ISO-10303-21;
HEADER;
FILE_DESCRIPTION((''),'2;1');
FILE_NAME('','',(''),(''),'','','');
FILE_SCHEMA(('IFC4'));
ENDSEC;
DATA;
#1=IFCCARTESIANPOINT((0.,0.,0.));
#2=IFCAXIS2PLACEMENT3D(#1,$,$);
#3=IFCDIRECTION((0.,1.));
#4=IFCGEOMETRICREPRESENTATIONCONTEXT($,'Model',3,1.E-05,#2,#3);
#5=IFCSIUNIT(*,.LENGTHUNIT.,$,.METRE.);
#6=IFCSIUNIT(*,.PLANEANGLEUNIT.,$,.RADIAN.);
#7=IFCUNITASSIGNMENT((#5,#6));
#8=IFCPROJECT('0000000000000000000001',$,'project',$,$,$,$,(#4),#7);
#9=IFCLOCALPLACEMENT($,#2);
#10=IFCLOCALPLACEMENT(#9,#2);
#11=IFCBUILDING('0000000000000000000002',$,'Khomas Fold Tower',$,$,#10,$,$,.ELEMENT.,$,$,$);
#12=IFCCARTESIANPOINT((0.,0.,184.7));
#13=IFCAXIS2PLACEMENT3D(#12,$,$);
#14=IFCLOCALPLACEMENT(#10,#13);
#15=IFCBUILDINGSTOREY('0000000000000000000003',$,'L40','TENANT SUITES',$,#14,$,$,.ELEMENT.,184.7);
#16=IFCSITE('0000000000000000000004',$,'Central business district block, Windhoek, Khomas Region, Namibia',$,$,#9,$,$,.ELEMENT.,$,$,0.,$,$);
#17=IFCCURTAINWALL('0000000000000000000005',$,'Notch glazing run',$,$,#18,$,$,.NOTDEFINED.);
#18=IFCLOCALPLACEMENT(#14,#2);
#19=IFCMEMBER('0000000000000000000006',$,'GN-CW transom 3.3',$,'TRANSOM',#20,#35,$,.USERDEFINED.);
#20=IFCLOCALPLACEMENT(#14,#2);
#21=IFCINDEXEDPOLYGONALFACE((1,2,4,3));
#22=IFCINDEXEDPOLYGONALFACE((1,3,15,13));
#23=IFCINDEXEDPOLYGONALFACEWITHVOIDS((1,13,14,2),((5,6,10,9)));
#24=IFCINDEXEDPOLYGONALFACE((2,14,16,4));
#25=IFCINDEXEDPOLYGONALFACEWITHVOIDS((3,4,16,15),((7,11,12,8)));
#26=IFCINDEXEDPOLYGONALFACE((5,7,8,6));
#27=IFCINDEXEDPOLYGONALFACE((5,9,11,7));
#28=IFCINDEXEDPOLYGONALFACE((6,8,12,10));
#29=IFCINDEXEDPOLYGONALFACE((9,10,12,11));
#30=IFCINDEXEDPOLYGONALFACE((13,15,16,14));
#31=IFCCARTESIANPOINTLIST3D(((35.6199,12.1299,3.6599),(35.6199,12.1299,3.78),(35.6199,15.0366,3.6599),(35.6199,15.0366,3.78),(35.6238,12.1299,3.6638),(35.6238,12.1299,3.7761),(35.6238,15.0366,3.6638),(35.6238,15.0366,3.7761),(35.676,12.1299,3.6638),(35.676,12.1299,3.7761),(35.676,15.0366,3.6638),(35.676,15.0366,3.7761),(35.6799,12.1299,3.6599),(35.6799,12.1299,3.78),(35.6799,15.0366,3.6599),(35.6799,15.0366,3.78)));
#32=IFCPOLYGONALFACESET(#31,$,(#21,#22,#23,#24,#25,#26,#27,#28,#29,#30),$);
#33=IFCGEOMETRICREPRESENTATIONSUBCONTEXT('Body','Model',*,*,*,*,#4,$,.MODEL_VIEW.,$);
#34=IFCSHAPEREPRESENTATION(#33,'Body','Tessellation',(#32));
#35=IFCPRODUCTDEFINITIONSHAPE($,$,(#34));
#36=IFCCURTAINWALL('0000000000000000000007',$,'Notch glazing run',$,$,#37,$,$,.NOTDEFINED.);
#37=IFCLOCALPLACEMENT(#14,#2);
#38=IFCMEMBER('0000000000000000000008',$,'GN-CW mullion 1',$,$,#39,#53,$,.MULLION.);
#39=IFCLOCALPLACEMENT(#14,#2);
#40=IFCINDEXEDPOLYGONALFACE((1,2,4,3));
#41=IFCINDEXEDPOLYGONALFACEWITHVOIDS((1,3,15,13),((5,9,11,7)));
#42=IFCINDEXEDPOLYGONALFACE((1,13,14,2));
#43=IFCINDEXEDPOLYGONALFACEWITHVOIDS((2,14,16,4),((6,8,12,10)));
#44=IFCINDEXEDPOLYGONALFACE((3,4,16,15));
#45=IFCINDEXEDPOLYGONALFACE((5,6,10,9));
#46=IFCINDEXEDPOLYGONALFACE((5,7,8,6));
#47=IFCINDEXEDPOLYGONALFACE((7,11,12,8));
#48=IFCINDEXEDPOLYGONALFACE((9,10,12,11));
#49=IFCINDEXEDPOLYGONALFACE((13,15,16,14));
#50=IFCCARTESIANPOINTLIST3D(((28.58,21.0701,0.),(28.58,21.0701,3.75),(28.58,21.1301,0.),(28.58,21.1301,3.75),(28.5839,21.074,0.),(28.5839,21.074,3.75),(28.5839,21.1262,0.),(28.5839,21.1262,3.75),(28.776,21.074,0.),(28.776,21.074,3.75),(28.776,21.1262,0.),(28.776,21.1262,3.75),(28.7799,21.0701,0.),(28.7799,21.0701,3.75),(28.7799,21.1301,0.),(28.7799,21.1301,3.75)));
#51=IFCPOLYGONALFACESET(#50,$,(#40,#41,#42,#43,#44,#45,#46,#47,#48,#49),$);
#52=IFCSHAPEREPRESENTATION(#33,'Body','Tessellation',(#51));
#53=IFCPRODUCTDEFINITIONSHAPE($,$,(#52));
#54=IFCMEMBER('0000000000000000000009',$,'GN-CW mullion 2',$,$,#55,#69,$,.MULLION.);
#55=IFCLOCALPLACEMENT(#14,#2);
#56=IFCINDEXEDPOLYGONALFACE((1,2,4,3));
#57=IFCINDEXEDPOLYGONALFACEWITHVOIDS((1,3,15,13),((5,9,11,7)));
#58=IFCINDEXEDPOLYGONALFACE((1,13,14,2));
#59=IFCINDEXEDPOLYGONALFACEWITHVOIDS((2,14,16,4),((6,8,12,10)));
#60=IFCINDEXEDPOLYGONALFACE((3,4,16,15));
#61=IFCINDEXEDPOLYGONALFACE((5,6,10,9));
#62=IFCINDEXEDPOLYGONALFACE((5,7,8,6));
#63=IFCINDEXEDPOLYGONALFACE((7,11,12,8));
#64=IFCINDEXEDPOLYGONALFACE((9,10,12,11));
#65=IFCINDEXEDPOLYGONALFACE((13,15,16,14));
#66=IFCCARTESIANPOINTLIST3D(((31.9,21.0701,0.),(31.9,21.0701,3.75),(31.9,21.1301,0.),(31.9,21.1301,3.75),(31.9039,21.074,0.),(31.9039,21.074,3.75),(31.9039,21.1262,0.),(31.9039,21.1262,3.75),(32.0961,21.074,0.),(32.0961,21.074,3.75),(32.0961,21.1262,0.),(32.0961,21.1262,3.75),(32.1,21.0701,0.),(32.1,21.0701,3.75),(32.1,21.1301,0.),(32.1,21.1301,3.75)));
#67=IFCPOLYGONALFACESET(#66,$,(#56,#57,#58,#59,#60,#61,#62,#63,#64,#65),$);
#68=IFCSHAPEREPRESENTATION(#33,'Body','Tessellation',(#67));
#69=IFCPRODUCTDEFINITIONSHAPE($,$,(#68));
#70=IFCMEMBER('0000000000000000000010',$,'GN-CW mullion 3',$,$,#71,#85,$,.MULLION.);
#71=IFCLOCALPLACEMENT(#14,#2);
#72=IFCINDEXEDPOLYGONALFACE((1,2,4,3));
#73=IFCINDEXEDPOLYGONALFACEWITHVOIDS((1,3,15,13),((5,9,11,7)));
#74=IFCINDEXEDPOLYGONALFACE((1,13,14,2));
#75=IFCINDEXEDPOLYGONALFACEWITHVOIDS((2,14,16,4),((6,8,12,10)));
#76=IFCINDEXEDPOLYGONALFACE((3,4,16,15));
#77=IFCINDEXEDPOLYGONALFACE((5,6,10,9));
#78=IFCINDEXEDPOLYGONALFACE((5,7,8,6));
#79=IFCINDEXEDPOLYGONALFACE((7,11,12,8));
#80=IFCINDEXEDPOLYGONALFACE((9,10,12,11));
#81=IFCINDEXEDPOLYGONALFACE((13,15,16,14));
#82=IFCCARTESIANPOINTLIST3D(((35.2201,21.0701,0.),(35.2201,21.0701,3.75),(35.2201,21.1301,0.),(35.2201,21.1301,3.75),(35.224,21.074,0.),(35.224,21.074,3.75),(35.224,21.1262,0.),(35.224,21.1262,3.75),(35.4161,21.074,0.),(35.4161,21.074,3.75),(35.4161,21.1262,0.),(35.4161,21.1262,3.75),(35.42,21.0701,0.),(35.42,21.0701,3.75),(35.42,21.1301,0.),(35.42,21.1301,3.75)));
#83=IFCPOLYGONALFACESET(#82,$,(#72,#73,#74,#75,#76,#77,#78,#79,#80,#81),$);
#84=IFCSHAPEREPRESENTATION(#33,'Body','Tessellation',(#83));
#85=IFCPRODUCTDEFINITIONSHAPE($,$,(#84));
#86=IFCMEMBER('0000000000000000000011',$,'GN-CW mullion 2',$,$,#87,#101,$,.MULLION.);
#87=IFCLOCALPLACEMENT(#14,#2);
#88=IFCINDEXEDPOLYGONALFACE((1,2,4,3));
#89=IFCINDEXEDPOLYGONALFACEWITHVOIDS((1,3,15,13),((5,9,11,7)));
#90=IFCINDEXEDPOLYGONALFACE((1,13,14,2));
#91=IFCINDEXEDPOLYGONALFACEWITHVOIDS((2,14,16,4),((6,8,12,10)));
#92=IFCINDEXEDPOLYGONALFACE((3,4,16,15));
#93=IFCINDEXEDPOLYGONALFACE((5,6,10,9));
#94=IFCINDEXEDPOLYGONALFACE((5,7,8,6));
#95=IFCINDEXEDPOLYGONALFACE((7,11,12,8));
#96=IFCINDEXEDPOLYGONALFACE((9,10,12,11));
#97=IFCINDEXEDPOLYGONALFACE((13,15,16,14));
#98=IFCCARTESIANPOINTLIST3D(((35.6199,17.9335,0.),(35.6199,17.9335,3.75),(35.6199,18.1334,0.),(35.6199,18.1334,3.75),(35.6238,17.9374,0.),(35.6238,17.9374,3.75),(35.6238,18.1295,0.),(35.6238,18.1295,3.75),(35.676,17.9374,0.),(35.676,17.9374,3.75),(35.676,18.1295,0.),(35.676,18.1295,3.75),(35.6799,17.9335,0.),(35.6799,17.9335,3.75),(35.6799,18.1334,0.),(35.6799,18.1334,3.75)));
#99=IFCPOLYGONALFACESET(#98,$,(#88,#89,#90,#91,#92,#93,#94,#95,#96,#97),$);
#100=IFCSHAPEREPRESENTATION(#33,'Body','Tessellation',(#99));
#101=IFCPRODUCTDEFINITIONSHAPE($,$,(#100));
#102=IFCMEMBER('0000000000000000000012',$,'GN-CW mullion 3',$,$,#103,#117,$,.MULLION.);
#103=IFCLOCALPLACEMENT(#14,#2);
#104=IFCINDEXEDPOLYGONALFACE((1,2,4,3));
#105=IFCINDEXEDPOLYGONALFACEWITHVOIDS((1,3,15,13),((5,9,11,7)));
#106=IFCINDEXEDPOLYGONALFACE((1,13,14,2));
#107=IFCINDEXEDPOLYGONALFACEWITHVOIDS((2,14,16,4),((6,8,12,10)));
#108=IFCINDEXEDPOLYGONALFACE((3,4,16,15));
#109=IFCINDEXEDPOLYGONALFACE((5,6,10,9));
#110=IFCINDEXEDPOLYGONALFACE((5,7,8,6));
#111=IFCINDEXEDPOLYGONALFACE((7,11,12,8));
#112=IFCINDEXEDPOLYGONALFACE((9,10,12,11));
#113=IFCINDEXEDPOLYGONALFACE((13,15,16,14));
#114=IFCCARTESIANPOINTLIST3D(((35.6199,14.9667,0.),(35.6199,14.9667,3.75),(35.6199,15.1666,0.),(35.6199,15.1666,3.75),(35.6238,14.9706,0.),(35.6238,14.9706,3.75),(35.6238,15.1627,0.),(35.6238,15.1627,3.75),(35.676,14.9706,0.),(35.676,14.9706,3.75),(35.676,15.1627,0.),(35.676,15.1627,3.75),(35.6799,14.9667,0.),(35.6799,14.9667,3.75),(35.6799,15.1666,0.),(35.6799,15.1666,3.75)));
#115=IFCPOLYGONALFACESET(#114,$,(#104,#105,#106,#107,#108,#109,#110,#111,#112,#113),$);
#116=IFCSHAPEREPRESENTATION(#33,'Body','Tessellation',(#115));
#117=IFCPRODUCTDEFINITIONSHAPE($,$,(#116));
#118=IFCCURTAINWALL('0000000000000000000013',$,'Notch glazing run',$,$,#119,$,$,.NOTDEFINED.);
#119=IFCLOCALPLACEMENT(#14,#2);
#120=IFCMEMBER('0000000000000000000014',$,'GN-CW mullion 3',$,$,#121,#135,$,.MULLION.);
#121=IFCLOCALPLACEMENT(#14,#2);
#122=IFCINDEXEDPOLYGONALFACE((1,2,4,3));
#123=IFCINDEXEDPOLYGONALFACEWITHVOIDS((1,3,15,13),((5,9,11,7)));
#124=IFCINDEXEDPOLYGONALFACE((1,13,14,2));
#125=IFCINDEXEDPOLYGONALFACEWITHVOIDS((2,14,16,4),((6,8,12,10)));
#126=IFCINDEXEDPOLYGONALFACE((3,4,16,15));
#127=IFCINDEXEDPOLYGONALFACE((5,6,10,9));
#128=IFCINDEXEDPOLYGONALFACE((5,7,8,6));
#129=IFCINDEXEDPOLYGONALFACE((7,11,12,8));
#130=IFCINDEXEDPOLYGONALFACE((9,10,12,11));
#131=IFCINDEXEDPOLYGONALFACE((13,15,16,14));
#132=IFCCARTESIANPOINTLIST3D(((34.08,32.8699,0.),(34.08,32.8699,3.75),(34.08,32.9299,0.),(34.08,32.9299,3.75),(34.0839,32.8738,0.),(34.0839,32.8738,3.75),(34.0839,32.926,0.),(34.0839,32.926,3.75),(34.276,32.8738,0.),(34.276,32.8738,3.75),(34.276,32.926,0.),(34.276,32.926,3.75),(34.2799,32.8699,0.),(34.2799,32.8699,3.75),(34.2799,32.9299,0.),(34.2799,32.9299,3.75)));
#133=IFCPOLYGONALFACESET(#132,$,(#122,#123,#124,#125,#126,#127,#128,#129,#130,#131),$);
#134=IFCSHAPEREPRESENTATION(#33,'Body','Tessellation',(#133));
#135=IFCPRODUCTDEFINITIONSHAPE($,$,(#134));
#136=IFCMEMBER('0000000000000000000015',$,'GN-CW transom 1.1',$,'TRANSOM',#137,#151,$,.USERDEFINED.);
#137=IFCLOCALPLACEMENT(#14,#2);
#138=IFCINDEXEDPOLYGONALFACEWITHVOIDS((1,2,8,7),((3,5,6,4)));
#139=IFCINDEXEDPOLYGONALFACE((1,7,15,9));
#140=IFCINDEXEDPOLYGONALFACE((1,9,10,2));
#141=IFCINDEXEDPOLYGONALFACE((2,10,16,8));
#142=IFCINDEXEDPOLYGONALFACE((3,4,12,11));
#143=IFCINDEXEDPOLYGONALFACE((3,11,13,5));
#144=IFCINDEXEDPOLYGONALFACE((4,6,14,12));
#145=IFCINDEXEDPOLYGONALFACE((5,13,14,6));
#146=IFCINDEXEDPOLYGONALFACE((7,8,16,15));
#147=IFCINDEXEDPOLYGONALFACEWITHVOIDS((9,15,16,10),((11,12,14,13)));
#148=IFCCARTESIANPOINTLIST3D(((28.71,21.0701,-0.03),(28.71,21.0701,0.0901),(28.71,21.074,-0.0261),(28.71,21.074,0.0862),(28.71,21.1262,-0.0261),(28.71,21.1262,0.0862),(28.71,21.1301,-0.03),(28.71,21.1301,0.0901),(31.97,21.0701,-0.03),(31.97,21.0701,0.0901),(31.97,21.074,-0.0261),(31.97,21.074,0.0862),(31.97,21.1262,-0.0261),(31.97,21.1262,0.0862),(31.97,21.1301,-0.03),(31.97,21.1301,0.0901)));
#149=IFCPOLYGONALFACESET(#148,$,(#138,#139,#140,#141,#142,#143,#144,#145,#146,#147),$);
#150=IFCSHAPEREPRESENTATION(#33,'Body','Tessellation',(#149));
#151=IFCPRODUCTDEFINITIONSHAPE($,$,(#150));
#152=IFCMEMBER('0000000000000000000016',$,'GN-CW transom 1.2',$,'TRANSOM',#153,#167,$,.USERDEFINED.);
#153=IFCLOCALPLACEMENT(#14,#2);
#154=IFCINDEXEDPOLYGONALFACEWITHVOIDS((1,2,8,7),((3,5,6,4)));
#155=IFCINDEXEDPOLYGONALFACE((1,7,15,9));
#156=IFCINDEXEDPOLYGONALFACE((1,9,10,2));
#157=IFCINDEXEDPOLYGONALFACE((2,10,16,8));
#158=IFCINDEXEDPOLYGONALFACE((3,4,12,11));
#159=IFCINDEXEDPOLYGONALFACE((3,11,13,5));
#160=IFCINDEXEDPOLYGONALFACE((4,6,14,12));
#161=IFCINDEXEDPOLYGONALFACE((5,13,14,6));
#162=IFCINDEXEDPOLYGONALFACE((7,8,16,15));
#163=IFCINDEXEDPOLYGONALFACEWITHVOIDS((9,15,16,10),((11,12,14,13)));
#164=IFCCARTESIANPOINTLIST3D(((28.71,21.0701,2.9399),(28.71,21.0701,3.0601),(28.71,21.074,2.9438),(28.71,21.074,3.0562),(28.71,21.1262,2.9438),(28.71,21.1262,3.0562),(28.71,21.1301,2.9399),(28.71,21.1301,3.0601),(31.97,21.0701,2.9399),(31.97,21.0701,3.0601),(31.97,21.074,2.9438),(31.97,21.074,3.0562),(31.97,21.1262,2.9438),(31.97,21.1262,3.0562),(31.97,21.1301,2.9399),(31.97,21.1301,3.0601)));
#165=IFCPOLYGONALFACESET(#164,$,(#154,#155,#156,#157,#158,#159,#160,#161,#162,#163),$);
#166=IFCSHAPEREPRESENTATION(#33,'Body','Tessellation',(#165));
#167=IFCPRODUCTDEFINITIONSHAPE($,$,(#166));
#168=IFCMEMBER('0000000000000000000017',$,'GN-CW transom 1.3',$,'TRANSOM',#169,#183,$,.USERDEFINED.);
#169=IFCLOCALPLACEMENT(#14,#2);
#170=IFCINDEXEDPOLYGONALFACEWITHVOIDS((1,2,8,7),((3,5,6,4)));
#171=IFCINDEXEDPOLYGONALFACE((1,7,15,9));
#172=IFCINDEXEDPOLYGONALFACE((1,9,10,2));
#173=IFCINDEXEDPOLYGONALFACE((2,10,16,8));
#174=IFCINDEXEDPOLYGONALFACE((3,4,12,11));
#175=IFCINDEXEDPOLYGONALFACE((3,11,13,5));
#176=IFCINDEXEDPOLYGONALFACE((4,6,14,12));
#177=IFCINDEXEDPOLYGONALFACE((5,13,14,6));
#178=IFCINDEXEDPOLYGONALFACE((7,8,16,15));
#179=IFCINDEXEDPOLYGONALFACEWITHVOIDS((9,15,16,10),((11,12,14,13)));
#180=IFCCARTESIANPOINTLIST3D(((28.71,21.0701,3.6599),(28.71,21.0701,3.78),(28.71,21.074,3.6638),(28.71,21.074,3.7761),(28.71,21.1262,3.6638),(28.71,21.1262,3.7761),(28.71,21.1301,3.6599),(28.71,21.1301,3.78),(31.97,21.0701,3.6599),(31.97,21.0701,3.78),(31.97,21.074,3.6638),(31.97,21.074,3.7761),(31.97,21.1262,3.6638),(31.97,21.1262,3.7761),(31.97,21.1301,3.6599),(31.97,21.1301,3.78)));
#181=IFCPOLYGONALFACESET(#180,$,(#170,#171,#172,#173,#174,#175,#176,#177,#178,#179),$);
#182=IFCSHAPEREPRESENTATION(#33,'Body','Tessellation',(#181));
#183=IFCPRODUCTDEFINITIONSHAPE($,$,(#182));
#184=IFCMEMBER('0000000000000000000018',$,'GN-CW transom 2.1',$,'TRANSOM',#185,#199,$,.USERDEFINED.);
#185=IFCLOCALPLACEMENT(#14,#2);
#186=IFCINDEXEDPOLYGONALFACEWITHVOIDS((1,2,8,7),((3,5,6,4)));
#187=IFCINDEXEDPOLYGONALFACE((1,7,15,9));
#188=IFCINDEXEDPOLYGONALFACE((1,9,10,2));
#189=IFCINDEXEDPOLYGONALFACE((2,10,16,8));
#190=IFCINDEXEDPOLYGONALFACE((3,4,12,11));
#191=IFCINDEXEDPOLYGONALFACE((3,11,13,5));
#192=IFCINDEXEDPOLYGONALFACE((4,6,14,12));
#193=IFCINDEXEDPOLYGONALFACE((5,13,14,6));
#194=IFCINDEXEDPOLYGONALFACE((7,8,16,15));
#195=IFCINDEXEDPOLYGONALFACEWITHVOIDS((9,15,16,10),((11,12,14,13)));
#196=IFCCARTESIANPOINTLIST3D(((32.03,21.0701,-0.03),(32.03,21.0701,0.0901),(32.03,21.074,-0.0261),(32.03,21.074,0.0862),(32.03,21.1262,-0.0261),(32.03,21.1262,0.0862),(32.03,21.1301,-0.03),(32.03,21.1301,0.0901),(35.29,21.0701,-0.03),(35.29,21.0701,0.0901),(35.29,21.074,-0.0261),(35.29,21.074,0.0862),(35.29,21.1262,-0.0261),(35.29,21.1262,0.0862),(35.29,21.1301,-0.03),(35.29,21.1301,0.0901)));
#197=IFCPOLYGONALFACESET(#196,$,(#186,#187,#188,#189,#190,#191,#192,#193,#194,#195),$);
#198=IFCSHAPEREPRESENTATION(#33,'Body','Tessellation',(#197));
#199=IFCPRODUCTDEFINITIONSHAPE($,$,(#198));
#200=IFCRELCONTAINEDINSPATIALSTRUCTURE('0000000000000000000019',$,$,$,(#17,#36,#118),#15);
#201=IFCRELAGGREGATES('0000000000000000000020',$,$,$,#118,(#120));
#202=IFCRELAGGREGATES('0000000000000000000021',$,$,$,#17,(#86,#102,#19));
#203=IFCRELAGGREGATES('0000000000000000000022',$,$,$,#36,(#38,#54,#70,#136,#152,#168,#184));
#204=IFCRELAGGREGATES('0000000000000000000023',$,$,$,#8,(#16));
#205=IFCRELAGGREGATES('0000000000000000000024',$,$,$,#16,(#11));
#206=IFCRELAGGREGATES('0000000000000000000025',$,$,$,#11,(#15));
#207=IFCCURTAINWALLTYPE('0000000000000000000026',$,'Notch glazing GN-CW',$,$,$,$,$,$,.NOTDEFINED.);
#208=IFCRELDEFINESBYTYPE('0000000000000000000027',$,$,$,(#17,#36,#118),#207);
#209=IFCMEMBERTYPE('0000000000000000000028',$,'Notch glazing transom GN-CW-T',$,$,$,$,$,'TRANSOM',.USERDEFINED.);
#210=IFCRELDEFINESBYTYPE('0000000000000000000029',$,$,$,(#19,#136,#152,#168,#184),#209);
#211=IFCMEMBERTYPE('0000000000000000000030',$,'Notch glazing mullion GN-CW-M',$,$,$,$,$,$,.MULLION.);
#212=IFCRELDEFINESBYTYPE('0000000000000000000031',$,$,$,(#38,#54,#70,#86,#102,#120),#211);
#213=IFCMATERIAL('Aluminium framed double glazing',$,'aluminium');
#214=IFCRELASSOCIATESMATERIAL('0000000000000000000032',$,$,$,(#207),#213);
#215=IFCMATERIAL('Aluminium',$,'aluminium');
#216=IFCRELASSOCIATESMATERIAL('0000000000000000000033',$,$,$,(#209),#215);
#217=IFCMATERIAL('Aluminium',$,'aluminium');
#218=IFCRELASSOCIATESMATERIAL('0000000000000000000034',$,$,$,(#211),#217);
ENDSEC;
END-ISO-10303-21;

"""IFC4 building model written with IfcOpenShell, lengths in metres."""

from ifc_helpers import new_model, si_unit, direction, frame, origin, origin_2d, place, context, subcontext, project, spatial, hollow_rectangle, extrude, source, transform, mapped, material, material_profile, profile_set, type_object, element, aggregate, save


model = new_model("IFC4")

# Units and contexts
model_context = context("Model", 3, precision=1e-05, world=origin(), true_north=direction((0.0, 1.0)))
body_context = subcontext(model_context, "Body", "Model", "MODEL_VIEW")
ifc_project = project(units=[si_unit("LENGTHUNIT", "METRE"), si_unit("PLANEANGLEUNIT", "RADIAN")], contexts=[model_context])

# Site, building, storey
site_placement = place(None, origin())
site = spatial("IfcSite", under=ifc_project, at=site_placement, Name="Central business district block, Windhoek, Khomas Region, Namibia", CompositionType="ELEMENT", RefElevation=0.0)
building_placement = place(site_placement, origin())
building = spatial("IfcBuilding", under=site, at=building_placement, Name="Khomas Fold Tower", CompositionType="ELEMENT")
storey_placement = place(building_placement, frame((0.0, 0.0, 184.7)))
storey = spatial("IfcBuildingStorey", under=building, at=storey_placement, Name="L40", Description="TENANT SUITES", CompositionType="ELEMENT", Elevation=184.7)

# Curtain walls, members
ifc_material_1 = material(Name="Aluminium framed double glazing", Category="aluminium")
curtain_wall_type = type_object("IfcCurtainWallType", Name="Notch glazing GN-CW", PredefinedType="NOTDEFINED", material=ifc_material_1)
ifc_material_2 = material(Name="Aluminium", Category="aluminium")
ifc_material_profile_1 = material_profile(ifc_material_2, hollow_rectangle(XDim=0.0601, YDim=0.1201, WallThickness=0.0039, at=origin_2d()), Name="Notch glazing transom GN-CW-T")
ifc_profile_set_1 = profile_set([ifc_material_profile_1], Name="Aluminium")
member_type_1 = type_object("IfcMemberType", Name="Notch glazing transom GN-CW-T", ElementType="TRANSOM", PredefinedType="USERDEFINED", material=ifc_profile_set_1)
curtain_wall_1_placement = place(storey_placement, origin())
curtain_wall_1 = element("IfcCurtainWall", 1, at=curtain_wall_1_placement, inside=storey, type_object=curtain_wall_type, Name="Notch glazing run", PredefinedType="NOTDEFINED")
shared_shape_1 = source(origin(), body_context, "Body", "SweptSolid", [
    extrude(hollow_rectangle(XDim=0.0601, YDim=0.1201, WallThickness=0.0039, at=origin_2d()), origin(), (0.0, 0.0, 1.0), 2.9067),
])
member_1_placement = place(storey_placement, frame((35.6499, 15.0366, 3.72), z_axis=(0.0, -1.0, 0.0), x_axis=(1.0, 0.0, 0.0)))
member_1 = element("IfcMember", 2, at=member_1_placement, type_object=member_type_1, Name="GN-CW transom 3.3", ObjectType="TRANSOM", PredefinedType="USERDEFINED", context=body_context, shape_type="MappedRepresentation", body=[
    mapped(shared_shape_1, transform((0.0, 0.0, 0.0))),
])
curtain_wall_2_placement = place(storey_placement, origin())
curtain_wall_2 = element("IfcCurtainWall", 3, at=curtain_wall_2_placement, inside=storey, type_object=curtain_wall_type, Name="Notch glazing run", PredefinedType="NOTDEFINED")
ifc_material_3 = material(Name="Aluminium", Category="aluminium")
ifc_material_profile_2 = material_profile(ifc_material_3, hollow_rectangle(XDim=0.0601, YDim=0.2, WallThickness=0.0039, at=origin_2d()), Name="Notch glazing mullion GN-CW-M")
ifc_profile_set_2 = profile_set([ifc_material_profile_2], Name="Aluminium")
member_type_2 = type_object("IfcMemberType", Name="Notch glazing mullion GN-CW-M", PredefinedType="MULLION", material=ifc_profile_set_2)
shared_shape_2 = source(origin(), body_context, "Body", "SweptSolid", [
    extrude(hollow_rectangle(XDim=0.0601, YDim=0.2, WallThickness=0.0039, at=origin_2d()), origin(), (0.0, 0.0, 1.0), 3.75),
])
member_2_placement = place(storey_placement, frame((28.6799, 21.1001, 0.0), z_axis=(0.0, 0.0, 1.0), x_axis=(0.0, 1.0, 0.0)))
member_2 = element("IfcMember", 4, at=member_2_placement, type_object=member_type_2, Name="GN-CW mullion 1", PredefinedType="MULLION", context=body_context, shape_type="MappedRepresentation", body=[
    mapped(shared_shape_2, transform((0.0, 0.0, 0.0))),
])
member_3_placement = place(storey_placement, frame((32.0, 21.1001, 0.0), z_axis=(0.0, 0.0, 1.0), x_axis=(0.0, 1.0, 0.0)))
member_3 = element("IfcMember", 5, at=member_3_placement, type_object=member_type_2, Name="GN-CW mullion 2", PredefinedType="MULLION", context=body_context, shape_type="MappedRepresentation", body=[
    mapped(shared_shape_2, transform((0.0, 0.0, 0.0))),
])
member_4_placement = place(storey_placement, frame((35.3201, 21.1001, 0.0), z_axis=(0.0, 0.0, 1.0), x_axis=(0.0, 1.0, 0.0)))
member_4 = element("IfcMember", 6, at=member_4_placement, type_object=member_type_2, Name="GN-CW mullion 3", PredefinedType="MULLION", context=body_context, shape_type="MappedRepresentation", body=[
    mapped(shared_shape_2, transform((0.0, 0.0, 0.0))),
])

# Members
member_5_placement = place(storey_placement, frame((35.6499, 18.0334, 0.0), z_axis=(0.0, 0.0, 1.0), x_axis=(1.0, 0.0, 0.0)))
member_5 = element("IfcMember", 7, at=member_5_placement, type_object=member_type_2, Name="GN-CW mullion 2", PredefinedType="MULLION", context=body_context, shape_type="MappedRepresentation", body=[
    mapped(shared_shape_2, transform((0.0, 0.0, 0.0))),
])
member_6_placement = place(storey_placement, frame((35.6499, 15.0667, 0.0), z_axis=(0.0, 0.0, 1.0), x_axis=(1.0, 0.0, 0.0)))
member_6 = element("IfcMember", 8, at=member_6_placement, type_object=member_type_2, Name="GN-CW mullion 3", PredefinedType="MULLION", context=body_context, shape_type="MappedRepresentation", body=[
    mapped(shared_shape_2, transform((0.0, 0.0, 0.0))),
])

# Curtain wall, member
curtain_wall_3_placement = place(storey_placement, origin())
curtain_wall_3 = element("IfcCurtainWall", 9, at=curtain_wall_3_placement, inside=storey, type_object=curtain_wall_type, Name="Notch glazing run", PredefinedType="NOTDEFINED")
member_7_placement = place(storey_placement, frame((34.1799, 32.8999, 0.0), z_axis=(0.0, 0.0, 1.0), x_axis=(0.0, -1.0, 0.0)))
member_7 = element("IfcMember", 10, at=member_7_placement, type_object=member_type_2, Name="GN-CW mullion 3", PredefinedType="MULLION", context=body_context, shape_type="MappedRepresentation", body=[
    mapped(shared_shape_2, transform((0.0, 0.0, 0.0))),
])
aggregate(curtain_wall_3, [member_7])

# Members
shared_shape_3 = source(origin(), body_context, "Body", "SweptSolid", [
    extrude(hollow_rectangle(XDim=0.0601, YDim=0.1201, WallThickness=0.0039, at=origin_2d()), origin(), (0.0, 0.0, 1.0), 3.26),
])
member_8_placement = place(storey_placement, frame((28.71, 21.1001, 0.03), z_axis=(1.0, 0.0, 0.0), x_axis=(0.0, 1.0, 0.0)))
member_8 = element("IfcMember", 11, at=member_8_placement, type_object=member_type_1, Name="GN-CW transom 1.1", ObjectType="TRANSOM", PredefinedType="USERDEFINED", context=body_context, shape_type="MappedRepresentation", body=[
    mapped(shared_shape_3, transform((0.0, 0.0, 0.0))),
])
member_9_placement = place(storey_placement, frame((28.71, 21.1001, 3.0), z_axis=(1.0, 0.0, 0.0), x_axis=(0.0, 1.0, 0.0)))
member_9 = element("IfcMember", 12, at=member_9_placement, type_object=member_type_1, Name="GN-CW transom 1.2", ObjectType="TRANSOM", PredefinedType="USERDEFINED", context=body_context, shape_type="MappedRepresentation", body=[
    mapped(shared_shape_3, transform((0.0, 0.0, 0.0))),
])
member_10_placement = place(storey_placement, frame((28.71, 21.1001, 3.72), z_axis=(1.0, 0.0, 0.0), x_axis=(0.0, 1.0, 0.0)))
member_10 = element("IfcMember", 13, at=member_10_placement, type_object=member_type_1, Name="GN-CW transom 1.3", ObjectType="TRANSOM", PredefinedType="USERDEFINED", context=body_context, shape_type="MappedRepresentation", body=[
    mapped(shared_shape_3, transform((0.0, 0.0, 0.0))),
])
member_11_placement = place(storey_placement, frame((32.03, 21.1001, 0.03), z_axis=(1.0, 0.0, 0.0), x_axis=(0.0, 1.0, 0.0)))
member_11 = element("IfcMember", 14, at=member_11_placement, type_object=member_type_1, Name="GN-CW transom 2.1", ObjectType="TRANSOM", PredefinedType="USERDEFINED", context=body_context, shape_type="MappedRepresentation", body=[
    mapped(shared_shape_3, transform((0.0, 0.0, 0.0))),
])

aggregate(curtain_wall_1, [member_5, member_6, member_1])
aggregate(curtain_wall_2, [member_2, member_3, member_4, member_8, member_9, member_10, member_11])

save(model, "model.ifc")
